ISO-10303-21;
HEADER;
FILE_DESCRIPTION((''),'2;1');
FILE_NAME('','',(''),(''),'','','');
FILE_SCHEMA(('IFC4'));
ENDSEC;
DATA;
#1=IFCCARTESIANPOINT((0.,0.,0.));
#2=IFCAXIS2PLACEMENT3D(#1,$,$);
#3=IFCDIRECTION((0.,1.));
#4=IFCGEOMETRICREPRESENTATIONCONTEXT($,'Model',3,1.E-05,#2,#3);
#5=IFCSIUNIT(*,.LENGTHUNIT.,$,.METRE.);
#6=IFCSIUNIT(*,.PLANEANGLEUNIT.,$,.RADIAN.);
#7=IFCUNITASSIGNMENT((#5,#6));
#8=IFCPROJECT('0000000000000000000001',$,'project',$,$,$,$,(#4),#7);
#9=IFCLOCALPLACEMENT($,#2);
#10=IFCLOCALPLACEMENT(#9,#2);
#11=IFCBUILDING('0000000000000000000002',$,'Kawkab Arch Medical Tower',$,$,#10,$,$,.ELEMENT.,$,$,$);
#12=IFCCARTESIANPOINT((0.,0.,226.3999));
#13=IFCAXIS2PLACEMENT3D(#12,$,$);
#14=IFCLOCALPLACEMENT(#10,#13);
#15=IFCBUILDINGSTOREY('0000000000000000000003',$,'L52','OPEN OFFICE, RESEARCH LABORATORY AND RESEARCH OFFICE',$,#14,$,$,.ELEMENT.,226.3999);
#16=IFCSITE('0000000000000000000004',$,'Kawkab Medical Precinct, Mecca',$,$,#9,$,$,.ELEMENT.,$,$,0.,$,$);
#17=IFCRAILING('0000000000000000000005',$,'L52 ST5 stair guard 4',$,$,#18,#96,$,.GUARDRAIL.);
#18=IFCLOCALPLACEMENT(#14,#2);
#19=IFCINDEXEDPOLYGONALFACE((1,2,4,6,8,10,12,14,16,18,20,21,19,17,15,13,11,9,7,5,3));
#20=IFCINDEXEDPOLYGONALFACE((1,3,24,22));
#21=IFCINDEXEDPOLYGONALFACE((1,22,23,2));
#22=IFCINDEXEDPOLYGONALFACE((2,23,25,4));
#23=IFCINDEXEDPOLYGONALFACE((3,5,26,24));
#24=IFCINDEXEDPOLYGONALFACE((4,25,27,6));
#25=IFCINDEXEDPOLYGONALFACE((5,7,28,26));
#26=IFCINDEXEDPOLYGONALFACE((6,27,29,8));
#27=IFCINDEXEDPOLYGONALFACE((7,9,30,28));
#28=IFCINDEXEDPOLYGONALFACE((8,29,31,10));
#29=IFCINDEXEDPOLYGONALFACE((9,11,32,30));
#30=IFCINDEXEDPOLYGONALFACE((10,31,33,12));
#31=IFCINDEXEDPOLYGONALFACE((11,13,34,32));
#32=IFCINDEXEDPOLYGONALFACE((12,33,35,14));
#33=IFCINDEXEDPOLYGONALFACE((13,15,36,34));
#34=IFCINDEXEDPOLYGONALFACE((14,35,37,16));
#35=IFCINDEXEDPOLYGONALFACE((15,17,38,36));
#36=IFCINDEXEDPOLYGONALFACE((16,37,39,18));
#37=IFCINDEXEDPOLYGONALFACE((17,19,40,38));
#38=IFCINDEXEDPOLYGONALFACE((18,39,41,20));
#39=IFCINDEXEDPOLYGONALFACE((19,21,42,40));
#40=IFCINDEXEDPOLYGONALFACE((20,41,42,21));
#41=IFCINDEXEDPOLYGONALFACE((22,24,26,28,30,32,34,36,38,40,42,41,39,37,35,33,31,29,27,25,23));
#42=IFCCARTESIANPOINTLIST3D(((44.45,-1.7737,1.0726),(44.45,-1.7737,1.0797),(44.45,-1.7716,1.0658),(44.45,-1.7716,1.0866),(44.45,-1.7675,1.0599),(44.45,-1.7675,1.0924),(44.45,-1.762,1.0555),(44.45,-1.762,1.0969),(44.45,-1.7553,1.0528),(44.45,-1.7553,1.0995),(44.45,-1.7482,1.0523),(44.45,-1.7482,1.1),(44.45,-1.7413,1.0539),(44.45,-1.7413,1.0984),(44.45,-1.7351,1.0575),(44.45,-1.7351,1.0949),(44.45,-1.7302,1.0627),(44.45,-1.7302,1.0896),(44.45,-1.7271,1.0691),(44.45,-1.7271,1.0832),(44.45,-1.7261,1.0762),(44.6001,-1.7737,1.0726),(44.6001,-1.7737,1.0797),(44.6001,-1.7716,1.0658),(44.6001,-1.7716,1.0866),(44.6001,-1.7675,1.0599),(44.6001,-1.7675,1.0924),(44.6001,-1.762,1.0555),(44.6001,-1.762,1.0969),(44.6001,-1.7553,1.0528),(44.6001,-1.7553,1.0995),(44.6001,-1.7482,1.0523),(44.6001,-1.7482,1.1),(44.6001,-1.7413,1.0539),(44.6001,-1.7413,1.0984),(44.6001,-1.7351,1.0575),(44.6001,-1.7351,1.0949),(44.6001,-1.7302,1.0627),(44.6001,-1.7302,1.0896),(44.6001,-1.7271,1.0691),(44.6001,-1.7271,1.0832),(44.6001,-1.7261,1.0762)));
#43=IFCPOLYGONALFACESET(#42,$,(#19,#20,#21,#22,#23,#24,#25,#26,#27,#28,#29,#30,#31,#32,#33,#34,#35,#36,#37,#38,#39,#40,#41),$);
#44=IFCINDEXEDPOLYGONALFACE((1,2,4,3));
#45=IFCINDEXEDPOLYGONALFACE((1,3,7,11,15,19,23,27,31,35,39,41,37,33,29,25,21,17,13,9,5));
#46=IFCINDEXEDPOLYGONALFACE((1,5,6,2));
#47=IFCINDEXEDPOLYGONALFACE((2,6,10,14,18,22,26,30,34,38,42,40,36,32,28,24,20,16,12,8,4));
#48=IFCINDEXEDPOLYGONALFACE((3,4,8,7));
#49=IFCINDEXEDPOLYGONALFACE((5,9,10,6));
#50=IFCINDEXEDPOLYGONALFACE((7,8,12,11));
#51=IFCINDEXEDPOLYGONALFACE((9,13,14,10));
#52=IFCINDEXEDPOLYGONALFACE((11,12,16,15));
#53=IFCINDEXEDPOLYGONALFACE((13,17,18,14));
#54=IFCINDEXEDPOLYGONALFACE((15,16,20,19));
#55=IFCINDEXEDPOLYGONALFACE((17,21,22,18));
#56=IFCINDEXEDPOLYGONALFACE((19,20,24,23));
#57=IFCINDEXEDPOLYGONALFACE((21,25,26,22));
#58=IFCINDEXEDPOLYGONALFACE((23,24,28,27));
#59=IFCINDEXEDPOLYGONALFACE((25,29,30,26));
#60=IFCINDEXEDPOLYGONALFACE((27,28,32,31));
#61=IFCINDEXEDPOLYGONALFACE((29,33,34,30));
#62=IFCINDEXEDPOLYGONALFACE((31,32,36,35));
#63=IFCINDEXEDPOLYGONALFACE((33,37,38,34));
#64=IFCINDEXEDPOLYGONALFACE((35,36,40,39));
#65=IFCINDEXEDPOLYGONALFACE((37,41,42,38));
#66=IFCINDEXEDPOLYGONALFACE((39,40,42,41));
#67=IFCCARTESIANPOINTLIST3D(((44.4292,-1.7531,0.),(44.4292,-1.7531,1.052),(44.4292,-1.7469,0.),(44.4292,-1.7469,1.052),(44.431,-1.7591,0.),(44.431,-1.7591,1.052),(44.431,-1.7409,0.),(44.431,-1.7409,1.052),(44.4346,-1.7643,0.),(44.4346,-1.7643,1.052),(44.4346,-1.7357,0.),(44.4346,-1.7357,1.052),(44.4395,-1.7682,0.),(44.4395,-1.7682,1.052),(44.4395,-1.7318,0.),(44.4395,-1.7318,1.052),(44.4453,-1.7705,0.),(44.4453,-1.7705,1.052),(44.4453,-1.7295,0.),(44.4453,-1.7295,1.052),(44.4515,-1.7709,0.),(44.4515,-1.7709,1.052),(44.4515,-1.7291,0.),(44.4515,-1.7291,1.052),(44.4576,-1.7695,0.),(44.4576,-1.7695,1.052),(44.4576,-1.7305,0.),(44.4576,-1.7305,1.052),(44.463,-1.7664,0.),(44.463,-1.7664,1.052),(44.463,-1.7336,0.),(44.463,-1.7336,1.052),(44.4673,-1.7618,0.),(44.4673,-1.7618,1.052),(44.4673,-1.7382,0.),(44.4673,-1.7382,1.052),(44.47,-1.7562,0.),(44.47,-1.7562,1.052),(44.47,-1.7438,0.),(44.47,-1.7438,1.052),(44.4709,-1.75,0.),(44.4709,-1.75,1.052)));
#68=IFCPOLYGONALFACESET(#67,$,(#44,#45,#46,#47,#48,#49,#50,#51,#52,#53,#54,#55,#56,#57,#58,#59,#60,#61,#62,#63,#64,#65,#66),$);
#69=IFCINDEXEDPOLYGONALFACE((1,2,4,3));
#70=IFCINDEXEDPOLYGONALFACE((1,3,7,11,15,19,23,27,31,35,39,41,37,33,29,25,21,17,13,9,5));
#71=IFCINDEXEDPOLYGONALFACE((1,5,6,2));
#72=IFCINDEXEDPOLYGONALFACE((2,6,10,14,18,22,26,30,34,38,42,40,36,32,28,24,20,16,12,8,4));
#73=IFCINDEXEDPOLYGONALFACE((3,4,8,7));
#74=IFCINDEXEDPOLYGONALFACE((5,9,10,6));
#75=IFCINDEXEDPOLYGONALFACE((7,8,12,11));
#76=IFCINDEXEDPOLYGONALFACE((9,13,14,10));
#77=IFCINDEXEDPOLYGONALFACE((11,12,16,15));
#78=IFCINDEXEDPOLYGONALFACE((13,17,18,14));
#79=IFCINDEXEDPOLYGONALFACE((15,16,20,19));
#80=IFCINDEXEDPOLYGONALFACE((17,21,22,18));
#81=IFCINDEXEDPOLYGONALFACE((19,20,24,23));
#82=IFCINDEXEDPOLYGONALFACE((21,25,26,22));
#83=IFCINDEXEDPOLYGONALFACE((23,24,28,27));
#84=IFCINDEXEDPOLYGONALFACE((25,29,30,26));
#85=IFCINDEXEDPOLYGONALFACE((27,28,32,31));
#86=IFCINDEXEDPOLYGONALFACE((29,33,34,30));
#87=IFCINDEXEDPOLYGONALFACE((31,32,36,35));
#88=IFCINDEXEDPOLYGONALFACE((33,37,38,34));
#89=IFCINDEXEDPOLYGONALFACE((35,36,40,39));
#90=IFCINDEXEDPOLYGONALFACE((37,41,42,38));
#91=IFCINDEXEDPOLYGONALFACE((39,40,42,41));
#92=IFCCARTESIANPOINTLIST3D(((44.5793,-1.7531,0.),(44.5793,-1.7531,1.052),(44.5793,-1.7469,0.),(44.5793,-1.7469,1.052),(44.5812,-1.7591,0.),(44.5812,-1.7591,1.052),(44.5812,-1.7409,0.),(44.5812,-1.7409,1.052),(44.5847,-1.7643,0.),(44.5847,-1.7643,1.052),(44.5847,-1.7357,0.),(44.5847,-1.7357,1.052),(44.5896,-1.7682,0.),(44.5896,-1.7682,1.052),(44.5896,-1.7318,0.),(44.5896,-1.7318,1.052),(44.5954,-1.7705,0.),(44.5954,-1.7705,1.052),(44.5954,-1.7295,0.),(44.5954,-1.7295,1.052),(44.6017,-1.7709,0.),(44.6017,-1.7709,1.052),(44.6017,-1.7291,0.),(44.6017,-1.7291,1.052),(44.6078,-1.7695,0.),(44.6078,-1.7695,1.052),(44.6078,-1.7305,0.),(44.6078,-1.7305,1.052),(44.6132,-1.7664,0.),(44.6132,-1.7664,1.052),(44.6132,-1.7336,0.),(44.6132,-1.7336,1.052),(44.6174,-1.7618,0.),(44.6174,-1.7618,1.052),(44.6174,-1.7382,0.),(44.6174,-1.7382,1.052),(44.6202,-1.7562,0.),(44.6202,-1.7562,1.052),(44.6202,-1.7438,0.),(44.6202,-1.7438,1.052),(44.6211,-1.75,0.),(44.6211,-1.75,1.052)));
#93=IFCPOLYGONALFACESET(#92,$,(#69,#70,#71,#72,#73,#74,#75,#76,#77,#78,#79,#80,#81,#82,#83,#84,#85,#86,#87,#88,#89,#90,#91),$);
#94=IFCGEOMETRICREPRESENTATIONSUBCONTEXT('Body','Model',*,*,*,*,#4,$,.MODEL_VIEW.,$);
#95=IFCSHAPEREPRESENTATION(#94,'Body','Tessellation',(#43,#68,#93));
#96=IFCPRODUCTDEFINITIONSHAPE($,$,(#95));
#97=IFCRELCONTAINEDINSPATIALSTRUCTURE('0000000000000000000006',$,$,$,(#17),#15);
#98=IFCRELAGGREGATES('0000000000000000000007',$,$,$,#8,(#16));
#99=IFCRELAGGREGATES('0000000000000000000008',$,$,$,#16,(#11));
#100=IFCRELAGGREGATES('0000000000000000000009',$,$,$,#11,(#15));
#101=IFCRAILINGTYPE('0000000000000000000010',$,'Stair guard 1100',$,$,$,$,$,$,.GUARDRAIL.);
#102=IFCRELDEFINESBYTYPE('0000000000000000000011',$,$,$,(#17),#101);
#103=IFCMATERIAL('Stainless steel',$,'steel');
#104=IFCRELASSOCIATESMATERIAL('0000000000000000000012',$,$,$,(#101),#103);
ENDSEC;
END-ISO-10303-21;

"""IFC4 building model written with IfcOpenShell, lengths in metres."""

from ifc_helpers import new_model, si_unit, direction, frame, origin, origin_2d, place, context, subcontext, project, spatial, circle, extrude, material, type_object, element, save


model = new_model("IFC4")

# Units and contexts
model_context = context("Model", 3, precision=1e-05, world=origin(), true_north=direction((0.0, 1.0)))
body_context = subcontext(model_context, "Body", "Model", "MODEL_VIEW")
ifc_project = project(units=[si_unit("LENGTHUNIT", "METRE"), si_unit("PLANEANGLEUNIT", "RADIAN")], contexts=[model_context])

# Site, building, storey
site_placement = place(None, origin())
site = spatial("IfcSite", under=ifc_project, at=site_placement, Name="Kawkab Medical Precinct, Mecca", CompositionType="ELEMENT", RefElevation=0.0)
building_placement = place(site_placement, origin())
building = spatial("IfcBuilding", under=site, at=building_placement, Name="Kawkab Arch Medical Tower", CompositionType="ELEMENT")
storey_placement = place(building_placement, frame((0.0, 0.0, 226.3999)))
storey = spatial("IfcBuildingStorey", under=building, at=storey_placement, Name="L52", Description="OPEN OFFICE, RESEARCH LABORATORY AND RESEARCH OFFICE", CompositionType="ELEMENT", Elevation=226.3999)

# Railing
ifc_material_1 = material(Name="Stainless steel", Category="steel")
railing_type_1 = type_object("IfcRailingType", Name="Stair guard 1100", PredefinedType="GUARDRAIL", material=ifc_material_1)
railing_1_placement = place(storey_placement, frame((44.45, -1.75, 0.0)))
element("IfcRailing", 1, at=railing_1_placement, inside=storey, type_object=railing_type_1, Name="L52 ST5 stair guard 4", PredefinedType="GUARDRAIL", context=body_context, shape_type="SweptSolid", body=[
    extrude(circle(Radius=0.0239, at=origin_2d()), frame((0.0, 0.0, 1.0762), z_axis=(1.0, 0.0, 0.0), x_axis=(0.0, 1.0, 0.0)), (0.0, 0.0, 1.0), 0.1501),
    extrude(circle(Radius=0.021, at=origin_2d()), origin(), (0.0, 0.0, 1.0), 1.052),
    extrude(circle(Radius=0.021, at=origin_2d()), frame((0.1501, 0.0, 0.0)), (0.0, 0.0, 1.0), 1.052),
])

save(model, "model.ifc")
